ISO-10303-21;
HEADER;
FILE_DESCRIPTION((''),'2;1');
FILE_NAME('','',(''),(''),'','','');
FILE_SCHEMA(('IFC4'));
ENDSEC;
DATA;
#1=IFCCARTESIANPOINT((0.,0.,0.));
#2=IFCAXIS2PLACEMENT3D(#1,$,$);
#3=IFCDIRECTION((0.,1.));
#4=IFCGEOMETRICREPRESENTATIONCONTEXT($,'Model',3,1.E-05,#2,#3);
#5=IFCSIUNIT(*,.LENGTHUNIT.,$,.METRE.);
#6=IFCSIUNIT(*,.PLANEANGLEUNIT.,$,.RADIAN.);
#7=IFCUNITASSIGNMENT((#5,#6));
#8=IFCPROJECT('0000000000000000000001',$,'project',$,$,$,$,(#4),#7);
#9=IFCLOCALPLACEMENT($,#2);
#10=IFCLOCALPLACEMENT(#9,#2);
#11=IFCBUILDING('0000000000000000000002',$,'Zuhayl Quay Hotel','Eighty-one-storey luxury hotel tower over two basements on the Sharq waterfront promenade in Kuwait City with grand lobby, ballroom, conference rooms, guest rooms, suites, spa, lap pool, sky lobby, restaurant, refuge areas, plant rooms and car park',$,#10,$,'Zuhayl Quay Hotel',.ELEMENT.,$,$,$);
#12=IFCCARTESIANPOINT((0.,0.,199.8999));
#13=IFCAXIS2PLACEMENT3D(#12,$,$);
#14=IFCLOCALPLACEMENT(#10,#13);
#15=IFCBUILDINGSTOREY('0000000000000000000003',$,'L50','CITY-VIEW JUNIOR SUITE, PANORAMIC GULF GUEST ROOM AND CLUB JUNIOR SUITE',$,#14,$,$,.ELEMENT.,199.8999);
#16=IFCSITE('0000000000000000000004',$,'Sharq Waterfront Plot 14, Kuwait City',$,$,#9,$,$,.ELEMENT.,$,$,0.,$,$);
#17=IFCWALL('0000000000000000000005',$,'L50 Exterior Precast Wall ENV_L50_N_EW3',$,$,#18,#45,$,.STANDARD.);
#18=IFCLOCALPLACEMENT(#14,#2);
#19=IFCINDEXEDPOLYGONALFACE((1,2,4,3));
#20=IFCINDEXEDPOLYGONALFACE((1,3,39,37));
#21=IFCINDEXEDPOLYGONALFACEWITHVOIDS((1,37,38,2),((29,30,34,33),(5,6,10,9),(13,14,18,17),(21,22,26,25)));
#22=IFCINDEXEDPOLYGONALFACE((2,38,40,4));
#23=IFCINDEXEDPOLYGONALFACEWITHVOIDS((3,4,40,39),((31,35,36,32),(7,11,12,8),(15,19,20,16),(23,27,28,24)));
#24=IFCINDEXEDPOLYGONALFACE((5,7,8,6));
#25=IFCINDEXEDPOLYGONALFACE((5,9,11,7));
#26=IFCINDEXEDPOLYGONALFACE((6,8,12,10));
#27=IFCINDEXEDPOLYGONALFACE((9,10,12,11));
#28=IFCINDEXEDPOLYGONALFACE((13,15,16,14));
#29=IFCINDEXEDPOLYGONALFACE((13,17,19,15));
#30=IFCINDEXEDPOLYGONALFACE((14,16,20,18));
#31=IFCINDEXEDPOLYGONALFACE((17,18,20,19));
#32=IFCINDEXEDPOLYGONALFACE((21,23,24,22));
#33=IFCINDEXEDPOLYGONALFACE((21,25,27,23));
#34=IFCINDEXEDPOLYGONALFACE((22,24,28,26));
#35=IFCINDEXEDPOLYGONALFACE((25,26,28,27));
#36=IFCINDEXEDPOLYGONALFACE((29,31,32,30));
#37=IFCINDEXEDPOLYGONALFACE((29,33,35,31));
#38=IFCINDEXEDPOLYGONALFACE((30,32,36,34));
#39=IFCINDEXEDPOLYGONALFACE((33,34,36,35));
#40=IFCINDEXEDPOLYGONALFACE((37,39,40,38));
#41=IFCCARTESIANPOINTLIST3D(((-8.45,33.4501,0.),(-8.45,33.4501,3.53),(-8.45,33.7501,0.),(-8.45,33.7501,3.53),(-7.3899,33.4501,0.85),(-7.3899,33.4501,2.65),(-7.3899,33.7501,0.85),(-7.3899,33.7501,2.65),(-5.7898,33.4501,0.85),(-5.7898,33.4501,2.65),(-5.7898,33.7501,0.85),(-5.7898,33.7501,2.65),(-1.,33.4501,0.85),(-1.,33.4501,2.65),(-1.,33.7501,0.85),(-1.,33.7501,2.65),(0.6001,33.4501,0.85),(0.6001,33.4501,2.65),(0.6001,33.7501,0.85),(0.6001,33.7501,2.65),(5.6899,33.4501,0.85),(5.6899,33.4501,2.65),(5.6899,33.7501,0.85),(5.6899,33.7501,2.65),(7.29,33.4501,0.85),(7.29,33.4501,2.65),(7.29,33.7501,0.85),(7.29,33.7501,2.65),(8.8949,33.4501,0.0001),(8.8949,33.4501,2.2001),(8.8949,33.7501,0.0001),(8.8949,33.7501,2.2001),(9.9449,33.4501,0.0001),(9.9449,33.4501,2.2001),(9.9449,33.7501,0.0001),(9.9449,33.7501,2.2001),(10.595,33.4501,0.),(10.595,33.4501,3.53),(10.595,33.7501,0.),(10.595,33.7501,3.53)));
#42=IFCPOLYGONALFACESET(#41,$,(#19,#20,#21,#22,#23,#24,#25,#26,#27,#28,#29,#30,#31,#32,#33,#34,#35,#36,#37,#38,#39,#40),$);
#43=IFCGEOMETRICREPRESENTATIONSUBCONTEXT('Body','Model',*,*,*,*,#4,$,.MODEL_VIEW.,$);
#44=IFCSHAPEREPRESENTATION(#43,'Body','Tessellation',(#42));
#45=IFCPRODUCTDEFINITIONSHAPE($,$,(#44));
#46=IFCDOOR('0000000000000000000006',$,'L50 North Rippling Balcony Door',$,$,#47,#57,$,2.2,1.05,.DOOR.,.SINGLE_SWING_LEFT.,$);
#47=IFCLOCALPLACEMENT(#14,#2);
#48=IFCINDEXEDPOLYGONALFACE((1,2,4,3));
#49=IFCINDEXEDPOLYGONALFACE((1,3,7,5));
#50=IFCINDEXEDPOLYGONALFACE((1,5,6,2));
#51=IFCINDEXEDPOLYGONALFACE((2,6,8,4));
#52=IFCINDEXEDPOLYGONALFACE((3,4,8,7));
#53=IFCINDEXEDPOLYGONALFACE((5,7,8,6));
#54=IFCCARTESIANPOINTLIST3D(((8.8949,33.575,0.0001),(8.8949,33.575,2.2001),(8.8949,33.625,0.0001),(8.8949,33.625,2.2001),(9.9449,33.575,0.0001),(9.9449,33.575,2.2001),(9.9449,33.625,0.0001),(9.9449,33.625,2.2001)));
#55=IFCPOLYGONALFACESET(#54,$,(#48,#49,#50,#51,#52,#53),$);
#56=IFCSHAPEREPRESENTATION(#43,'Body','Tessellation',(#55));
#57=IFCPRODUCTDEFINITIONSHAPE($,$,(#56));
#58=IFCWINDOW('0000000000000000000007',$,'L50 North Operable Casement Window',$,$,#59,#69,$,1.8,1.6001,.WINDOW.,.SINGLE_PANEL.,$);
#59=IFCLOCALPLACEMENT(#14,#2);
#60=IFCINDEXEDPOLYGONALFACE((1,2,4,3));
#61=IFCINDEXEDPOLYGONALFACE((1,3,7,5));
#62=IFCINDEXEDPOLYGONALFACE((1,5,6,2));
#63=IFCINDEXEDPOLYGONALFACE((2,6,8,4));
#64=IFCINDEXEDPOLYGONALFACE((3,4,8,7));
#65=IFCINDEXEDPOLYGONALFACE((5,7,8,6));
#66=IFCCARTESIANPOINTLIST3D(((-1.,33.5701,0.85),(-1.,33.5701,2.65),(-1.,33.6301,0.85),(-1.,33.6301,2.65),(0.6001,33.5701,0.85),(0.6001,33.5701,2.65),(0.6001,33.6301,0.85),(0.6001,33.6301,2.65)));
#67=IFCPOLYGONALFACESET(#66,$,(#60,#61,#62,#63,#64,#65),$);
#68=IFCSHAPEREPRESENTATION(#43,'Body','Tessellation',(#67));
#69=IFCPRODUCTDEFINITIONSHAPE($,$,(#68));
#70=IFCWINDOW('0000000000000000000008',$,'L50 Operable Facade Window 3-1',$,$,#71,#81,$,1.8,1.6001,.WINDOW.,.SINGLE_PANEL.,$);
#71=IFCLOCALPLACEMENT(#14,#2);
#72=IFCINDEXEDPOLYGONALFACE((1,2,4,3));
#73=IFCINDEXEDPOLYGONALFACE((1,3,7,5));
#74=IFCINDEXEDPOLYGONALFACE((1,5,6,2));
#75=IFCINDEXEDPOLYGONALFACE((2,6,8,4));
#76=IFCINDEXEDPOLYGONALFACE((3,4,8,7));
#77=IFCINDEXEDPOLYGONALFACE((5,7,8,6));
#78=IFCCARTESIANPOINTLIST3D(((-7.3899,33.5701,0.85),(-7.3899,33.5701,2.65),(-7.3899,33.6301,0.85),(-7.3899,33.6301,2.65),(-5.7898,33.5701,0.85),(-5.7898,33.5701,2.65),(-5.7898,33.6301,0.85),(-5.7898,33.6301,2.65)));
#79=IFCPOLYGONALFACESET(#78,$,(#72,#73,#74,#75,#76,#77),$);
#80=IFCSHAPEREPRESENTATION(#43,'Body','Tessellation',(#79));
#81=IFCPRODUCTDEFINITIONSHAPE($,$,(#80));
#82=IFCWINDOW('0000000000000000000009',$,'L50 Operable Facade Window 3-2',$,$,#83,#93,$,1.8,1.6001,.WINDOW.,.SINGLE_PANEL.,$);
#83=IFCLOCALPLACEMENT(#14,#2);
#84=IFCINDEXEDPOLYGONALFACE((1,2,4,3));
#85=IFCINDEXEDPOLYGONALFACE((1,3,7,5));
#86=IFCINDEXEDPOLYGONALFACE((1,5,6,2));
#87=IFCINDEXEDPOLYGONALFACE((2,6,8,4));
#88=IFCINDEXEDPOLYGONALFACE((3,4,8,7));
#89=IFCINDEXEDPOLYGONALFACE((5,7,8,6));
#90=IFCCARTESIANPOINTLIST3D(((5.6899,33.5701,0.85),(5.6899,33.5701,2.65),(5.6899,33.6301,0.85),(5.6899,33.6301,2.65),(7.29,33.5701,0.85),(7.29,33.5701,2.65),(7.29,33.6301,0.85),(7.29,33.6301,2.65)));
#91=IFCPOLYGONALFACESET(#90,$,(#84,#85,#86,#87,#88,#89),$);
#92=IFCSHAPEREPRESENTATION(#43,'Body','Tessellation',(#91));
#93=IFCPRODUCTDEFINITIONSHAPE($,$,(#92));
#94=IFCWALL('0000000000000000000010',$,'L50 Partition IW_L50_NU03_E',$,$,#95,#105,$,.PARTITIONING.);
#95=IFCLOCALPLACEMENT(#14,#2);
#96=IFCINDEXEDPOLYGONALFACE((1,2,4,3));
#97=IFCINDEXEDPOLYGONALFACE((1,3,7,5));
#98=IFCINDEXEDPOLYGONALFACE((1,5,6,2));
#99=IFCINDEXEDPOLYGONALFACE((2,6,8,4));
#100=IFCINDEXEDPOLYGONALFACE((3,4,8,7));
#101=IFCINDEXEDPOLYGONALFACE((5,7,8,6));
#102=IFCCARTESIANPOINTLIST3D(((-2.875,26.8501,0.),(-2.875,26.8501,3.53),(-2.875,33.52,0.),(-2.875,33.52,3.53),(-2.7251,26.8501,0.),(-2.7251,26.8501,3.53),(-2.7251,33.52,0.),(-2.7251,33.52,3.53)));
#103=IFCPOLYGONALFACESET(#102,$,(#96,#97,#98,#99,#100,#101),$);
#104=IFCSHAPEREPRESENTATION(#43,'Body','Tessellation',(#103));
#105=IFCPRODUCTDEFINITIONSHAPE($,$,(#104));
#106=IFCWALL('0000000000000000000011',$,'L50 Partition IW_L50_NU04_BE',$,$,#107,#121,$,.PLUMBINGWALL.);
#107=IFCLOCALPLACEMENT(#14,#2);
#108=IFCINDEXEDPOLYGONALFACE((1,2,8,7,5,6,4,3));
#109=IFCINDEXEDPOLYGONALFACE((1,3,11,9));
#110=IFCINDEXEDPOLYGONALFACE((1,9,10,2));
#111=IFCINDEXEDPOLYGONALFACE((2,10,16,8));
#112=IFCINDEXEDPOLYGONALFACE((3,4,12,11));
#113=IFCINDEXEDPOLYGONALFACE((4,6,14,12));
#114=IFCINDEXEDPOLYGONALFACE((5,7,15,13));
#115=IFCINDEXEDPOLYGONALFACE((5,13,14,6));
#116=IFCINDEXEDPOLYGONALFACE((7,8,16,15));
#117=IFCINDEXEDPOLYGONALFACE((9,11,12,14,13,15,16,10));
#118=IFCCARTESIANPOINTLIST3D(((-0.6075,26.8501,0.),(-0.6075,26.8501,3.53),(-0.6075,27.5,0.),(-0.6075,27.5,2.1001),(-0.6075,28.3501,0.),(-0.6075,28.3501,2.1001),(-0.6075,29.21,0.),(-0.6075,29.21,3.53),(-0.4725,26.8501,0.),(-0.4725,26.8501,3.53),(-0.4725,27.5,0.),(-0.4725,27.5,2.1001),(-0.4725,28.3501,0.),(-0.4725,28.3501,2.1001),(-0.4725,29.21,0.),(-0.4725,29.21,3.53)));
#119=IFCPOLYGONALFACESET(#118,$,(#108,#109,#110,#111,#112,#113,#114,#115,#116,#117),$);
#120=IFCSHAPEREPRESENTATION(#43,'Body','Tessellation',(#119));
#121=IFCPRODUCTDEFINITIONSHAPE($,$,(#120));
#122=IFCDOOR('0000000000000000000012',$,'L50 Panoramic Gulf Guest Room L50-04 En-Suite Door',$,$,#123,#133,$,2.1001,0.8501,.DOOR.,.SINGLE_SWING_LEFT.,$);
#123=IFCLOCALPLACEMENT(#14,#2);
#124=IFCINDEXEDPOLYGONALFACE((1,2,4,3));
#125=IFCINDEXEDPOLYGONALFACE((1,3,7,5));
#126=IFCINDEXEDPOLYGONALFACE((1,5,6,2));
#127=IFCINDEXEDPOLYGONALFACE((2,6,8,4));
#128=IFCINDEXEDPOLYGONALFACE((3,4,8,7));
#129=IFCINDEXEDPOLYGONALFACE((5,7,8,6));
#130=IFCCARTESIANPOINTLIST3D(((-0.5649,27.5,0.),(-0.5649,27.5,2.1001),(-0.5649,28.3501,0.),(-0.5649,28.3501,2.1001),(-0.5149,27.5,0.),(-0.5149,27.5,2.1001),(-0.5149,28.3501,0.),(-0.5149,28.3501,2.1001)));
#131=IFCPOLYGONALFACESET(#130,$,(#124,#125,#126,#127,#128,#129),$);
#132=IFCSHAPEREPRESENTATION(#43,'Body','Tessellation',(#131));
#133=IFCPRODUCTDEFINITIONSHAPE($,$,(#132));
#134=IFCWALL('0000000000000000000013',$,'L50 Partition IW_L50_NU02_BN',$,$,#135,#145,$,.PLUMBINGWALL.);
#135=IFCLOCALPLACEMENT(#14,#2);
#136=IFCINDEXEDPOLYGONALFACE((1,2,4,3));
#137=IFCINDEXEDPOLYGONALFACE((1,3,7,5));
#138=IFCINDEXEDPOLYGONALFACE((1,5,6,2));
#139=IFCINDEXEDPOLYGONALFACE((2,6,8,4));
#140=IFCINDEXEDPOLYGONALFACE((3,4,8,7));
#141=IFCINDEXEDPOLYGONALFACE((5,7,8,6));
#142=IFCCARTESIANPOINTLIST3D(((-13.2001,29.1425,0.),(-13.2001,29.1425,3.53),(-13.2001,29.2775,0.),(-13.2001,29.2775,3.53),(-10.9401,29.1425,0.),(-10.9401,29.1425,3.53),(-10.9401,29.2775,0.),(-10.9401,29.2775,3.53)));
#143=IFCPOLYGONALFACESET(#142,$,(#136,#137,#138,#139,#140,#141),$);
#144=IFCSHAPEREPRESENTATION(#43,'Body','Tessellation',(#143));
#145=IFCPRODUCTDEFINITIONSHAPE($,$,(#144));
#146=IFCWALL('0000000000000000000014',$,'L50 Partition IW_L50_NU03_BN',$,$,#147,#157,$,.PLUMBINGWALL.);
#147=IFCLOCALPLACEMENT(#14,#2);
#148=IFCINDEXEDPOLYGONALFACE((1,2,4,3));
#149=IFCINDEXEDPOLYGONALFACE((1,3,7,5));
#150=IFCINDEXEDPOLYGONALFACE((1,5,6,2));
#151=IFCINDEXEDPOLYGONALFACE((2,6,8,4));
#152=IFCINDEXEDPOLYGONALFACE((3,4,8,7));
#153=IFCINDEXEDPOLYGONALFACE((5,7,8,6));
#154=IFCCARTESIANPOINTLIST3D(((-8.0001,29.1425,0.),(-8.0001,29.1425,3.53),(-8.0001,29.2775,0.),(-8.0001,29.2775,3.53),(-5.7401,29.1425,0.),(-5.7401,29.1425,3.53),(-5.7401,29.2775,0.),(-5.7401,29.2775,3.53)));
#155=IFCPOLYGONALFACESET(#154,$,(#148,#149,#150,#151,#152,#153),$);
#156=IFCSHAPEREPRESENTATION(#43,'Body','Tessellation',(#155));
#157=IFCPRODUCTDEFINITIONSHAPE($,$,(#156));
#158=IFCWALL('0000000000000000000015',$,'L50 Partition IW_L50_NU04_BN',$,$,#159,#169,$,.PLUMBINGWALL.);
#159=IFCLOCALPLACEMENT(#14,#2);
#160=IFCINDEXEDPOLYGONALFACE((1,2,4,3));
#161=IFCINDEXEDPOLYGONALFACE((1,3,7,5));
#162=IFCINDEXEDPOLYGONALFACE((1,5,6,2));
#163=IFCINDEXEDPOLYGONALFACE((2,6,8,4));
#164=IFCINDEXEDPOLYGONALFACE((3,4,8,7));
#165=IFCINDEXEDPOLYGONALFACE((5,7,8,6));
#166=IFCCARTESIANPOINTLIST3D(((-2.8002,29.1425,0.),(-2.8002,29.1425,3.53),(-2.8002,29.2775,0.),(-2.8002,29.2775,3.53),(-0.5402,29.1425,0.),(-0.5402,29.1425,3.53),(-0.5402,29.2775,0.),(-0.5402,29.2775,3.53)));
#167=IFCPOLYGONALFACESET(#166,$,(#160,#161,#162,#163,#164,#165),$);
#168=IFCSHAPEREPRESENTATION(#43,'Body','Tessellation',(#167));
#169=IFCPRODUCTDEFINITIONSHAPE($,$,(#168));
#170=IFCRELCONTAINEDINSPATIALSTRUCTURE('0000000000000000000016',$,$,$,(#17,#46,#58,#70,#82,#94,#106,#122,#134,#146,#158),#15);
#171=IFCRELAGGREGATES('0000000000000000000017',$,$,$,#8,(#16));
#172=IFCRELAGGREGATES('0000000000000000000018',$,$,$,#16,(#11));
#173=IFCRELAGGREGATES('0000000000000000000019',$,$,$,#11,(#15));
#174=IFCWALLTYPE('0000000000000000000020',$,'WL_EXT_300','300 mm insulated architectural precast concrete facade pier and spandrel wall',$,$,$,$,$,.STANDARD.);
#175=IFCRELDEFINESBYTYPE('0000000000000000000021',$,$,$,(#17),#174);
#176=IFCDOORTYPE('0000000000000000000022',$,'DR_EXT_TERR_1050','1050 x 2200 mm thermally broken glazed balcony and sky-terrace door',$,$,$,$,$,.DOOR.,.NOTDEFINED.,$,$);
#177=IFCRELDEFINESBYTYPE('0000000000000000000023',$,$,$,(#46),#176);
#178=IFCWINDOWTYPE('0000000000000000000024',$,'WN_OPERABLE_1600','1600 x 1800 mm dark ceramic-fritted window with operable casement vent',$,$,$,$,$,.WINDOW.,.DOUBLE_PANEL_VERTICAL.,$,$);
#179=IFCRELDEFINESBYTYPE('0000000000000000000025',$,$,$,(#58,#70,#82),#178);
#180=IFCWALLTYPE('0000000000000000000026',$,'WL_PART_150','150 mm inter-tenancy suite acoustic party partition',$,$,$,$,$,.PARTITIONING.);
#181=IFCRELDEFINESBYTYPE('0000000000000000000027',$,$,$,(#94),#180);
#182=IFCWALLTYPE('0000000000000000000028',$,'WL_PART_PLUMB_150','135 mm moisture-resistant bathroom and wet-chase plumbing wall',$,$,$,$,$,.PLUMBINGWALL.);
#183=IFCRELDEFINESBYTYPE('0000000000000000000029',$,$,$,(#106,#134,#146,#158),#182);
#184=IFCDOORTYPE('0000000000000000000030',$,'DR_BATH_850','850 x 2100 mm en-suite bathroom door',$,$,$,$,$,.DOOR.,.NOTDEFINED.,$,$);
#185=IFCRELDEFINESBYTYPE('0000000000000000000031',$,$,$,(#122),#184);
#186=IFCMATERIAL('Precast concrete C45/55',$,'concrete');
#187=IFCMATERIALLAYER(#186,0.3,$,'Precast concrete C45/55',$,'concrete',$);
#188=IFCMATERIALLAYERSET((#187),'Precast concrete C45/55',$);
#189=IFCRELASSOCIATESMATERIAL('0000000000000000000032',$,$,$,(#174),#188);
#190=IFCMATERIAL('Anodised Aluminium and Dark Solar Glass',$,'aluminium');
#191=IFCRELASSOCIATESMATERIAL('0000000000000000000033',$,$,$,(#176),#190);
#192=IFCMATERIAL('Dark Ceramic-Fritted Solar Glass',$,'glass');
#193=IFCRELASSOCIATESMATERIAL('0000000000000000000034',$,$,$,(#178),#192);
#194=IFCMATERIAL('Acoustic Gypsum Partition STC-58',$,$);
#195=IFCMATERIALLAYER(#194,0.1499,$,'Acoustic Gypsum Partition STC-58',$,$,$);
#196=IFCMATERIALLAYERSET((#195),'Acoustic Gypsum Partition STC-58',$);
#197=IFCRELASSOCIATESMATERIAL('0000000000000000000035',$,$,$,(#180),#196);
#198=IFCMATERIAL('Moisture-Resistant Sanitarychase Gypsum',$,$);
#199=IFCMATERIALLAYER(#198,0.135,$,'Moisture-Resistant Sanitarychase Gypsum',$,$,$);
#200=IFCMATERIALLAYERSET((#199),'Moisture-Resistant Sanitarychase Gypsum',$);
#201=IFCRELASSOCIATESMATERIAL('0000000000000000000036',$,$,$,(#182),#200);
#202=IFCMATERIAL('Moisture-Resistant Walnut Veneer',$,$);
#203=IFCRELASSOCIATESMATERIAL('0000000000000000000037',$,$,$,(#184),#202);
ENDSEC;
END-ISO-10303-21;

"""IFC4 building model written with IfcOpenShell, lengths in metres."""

from ifc_helpers import new_model, si_unit, direction, frame, frame_2d, origin, place, context, subcontext, project, spatial, rectangle, extrude, material, layer, layer_set, type_object, element, fill, save


model = new_model("IFC4")

# Units and contexts
model_context = context("Model", 3, precision=1e-05, world=origin(), true_north=direction((0.0, 1.0)))
body_context = subcontext(model_context, "Body", "Model", "MODEL_VIEW")
ifc_project = project(units=[si_unit("LENGTHUNIT", "METRE"), si_unit("PLANEANGLEUNIT", "RADIAN")], contexts=[model_context])

# Site, building, storey
site_placement = place(None, origin())
site = spatial("IfcSite", under=ifc_project, at=site_placement, Name="Sharq Waterfront Plot 14, Kuwait City", CompositionType="ELEMENT", RefElevation=0.0)
building_placement = place(site_placement, origin())
building = spatial("IfcBuilding", under=site, at=building_placement, Name="Zuhayl Quay Hotel", Description="Eighty-one-storey luxury hotel tower over two basements on the Sharq waterfront promenade in Kuwait City with grand lobby, ballroom, conference rooms, guest rooms, suites, spa, lap pool, sky lobby, restaurant, refuge areas, plant rooms and car park", LongName="Zuhayl Quay Hotel", CompositionType="ELEMENT")
storey_placement = place(building_placement, frame((0.0, 0.0, 199.8999)))
storey = spatial("IfcBuildingStorey", under=building, at=storey_placement, Name="L50", Description="CITY-VIEW JUNIOR SUITE, PANORAMIC GULF GUEST ROOM AND CLUB JUNIOR SUITE", CompositionType="ELEMENT", Elevation=199.8999)

# Shared definitions
ifc_material_1 = material(Name="Dark Ceramic-Fritted Solar Glass", Category="glass")

# Wall, openings, door, windows
ifc_material_2 = material(Name="Precast concrete C45/55", Category="concrete")
ifc_layer_1 = layer(ifc_material_2, 0.3, Name="Precast concrete C45/55", Category="concrete")
ifc_layer_set_1 = layer_set([ifc_layer_1], Name="Precast concrete C45/55")
wall_type_1 = type_object("IfcWallType", Name="WL_EXT_300", Description="300 mm insulated architectural precast concrete facade pier and spandrel wall", PredefinedType="STANDARD", material=ifc_layer_set_1)
wall_1_placement = place(storey_placement, frame((-8.45, 33.6001, 0.0), z_axis=(0.0, 0.0, 1.0), x_axis=(1.0, 0.0, 0.0)))
wall_1 = element("IfcWall", 1, at=wall_1_placement, inside=storey, type_object=wall_type_1, Name="L50 Exterior Precast Wall ENV_L50_N_EW3", PredefinedType="STANDARD", context=body_context, shape_type="SweptSolid", body=[
    extrude(rectangle(XDim=19.0449, YDim=0.3, at=frame_2d((9.5225, 0.0))), origin(), (0.0, 0.0, 1.0), 3.53),
])
opening_1_placement = place(wall_1_placement, frame((17.345, 0.0, 0.0)))
opening_1 = element("IfcOpeningElement", 2, at=opening_1_placement, cuts=wall_1, PredefinedType="OPENING", context=body_context, shape_type="SweptSolid", body=[
    extrude(rectangle(XDim=1.05, YDim=2.2, at=frame_2d((0.5249, 1.1001))), frame((0.0, 0.1599, 0.0), z_axis=(0.0, -1.0, 0.0), x_axis=(1.0, 0.0, 0.0)), (0.0, 0.0, 1.0), 0.3201),
])
opening_2_placement = place(wall_1_placement, frame((7.45, 0.0, 0.8501)))
opening_2 = element("IfcOpeningElement", 3, at=opening_2_placement, cuts=wall_1, PredefinedType="OPENING", context=body_context, shape_type="SweptSolid", body=[
    extrude(rectangle(XDim=1.6001, YDim=1.8, at=frame_2d((0.8, 0.8999))), frame((0.0, 0.1599, 0.0), z_axis=(0.0, -1.0, 0.0), x_axis=(1.0, 0.0, 0.0)), (0.0, 0.0, 1.0), 0.3201),
])
opening_3_placement = place(wall_1_placement, frame((1.0601, 0.0, 0.8501)))
opening_3 = element("IfcOpeningElement", 4, at=opening_3_placement, cuts=wall_1, PredefinedType="OPENING", context=body_context, shape_type="SweptSolid", body=[
    extrude(rectangle(XDim=1.6001, YDim=1.8, at=frame_2d((0.8, 0.8999))), frame((0.0, 0.1599, 0.0), z_axis=(0.0, -1.0, 0.0), x_axis=(1.0, 0.0, 0.0)), (0.0, 0.0, 1.0), 0.3201),
])
opening_4_placement = place(wall_1_placement, frame((14.1399, 0.0, 0.8501)))
opening_4 = element("IfcOpeningElement", 5, at=opening_4_placement, cuts=wall_1, PredefinedType="OPENING", context=body_context, shape_type="SweptSolid", body=[
    extrude(rectangle(XDim=1.6001, YDim=1.8, at=frame_2d((0.8, 0.8999))), frame((0.0, 0.1599, 0.0), z_axis=(0.0, -1.0, 0.0), x_axis=(1.0, 0.0, 0.0)), (0.0, 0.0, 1.0), 0.3201),
])
ifc_material_3 = material(Name="Anodised Aluminium and Dark Solar Glass", Category="aluminium")
door_type_1 = type_object("IfcDoorType", Name="DR_EXT_TERR_1050", Description="1050 x 2200 mm thermally broken glazed balcony and sky-terrace door", OperationType="NOTDEFINED", PredefinedType="DOOR", material=ifc_material_3)
door_1_placement = place(opening_1_placement, origin())
door_1 = element("IfcDoor", 6, at=door_1_placement, inside=storey, type_object=door_type_1, Name="L50 North Rippling Balcony Door", OperationType="SINGLE_SWING_LEFT", OverallHeight=2.2, OverallWidth=1.05, PredefinedType="DOOR", context=body_context, shape_type="SweptSolid", body=[
    extrude(rectangle(XDim=1.05, YDim=2.2, at=frame_2d((0.5249, 1.1001))), frame((0.0, 0.0249, 0.0), z_axis=(0.0, -1.0, 0.0), x_axis=(1.0, 0.0, 0.0)), (0.0, 0.0, 1.0), 0.05),
])
fill(opening_1, door_1)
window_type = type_object("IfcWindowType", Name="WN_OPERABLE_1600", Description="1600 x 1800 mm dark ceramic-fritted window with operable casement vent", PartitioningType="DOUBLE_PANEL_VERTICAL", PredefinedType="WINDOW", material=ifc_material_1)
window_1_placement = place(opening_2_placement, origin())
window_1 = element("IfcWindow", 7, at=window_1_placement, inside=storey, type_object=window_type, Name="L50 North Operable Casement Window", OverallHeight=1.8, OverallWidth=1.6001, PartitioningType="SINGLE_PANEL", PredefinedType="WINDOW", context=body_context, shape_type="SweptSolid", body=[
    extrude(rectangle(XDim=1.6001, YDim=1.8, at=frame_2d((0.8, 0.8999))), frame((0.0, 0.03, 0.0), z_axis=(0.0, -1.0, 0.0), x_axis=(1.0, 0.0, 0.0)), (0.0, 0.0, 1.0), 0.0601),
])
fill(opening_2, window_1)
window_2_placement = place(opening_3_placement, origin())
window_2 = element("IfcWindow", 8, at=window_2_placement, inside=storey, type_object=window_type, Name="L50 Operable Facade Window 3-1", OverallHeight=1.8, OverallWidth=1.6001, PartitioningType="SINGLE_PANEL", PredefinedType="WINDOW", context=body_context, shape_type="SweptSolid", body=[
    extrude(rectangle(XDim=1.6001, YDim=1.8, at=frame_2d((0.8, 0.8999))), frame((0.0, 0.03, 0.0), z_axis=(0.0, -1.0, 0.0), x_axis=(1.0, 0.0, 0.0)), (0.0, 0.0, 1.0), 0.0601),
])
fill(opening_3, window_2)
window_3_placement = place(opening_4_placement, origin())
window_3 = element("IfcWindow", 9, at=window_3_placement, inside=storey, type_object=window_type, Name="L50 Operable Facade Window 3-2", OverallHeight=1.8, OverallWidth=1.6001, PartitioningType="SINGLE_PANEL", PredefinedType="WINDOW", context=body_context, shape_type="SweptSolid", body=[
    extrude(rectangle(XDim=1.6001, YDim=1.8, at=frame_2d((0.8, 0.8999))), frame((0.0, 0.03, 0.0), z_axis=(0.0, -1.0, 0.0), x_axis=(1.0, 0.0, 0.0)), (0.0, 0.0, 1.0), 0.0601),
])
fill(opening_4, window_3)

# Wall
ifc_material_4 = material(Name="Acoustic Gypsum Partition STC-58")
ifc_layer_2 = layer(ifc_material_4, 0.1499, Name="Acoustic Gypsum Partition STC-58")
ifc_layer_set_2 = layer_set([ifc_layer_2], Name="Acoustic Gypsum Partition STC-58")
wall_type_2 = type_object("IfcWallType", Name="WL_PART_150", Description="150 mm inter-tenancy suite acoustic party partition", PredefinedType="PARTITIONING", material=ifc_layer_set_2)
wall_2_placement = place(storey_placement, frame((-2.8, 26.8501, 0.0), z_axis=(0.0, 0.0, 1.0), x_axis=(0.0, 1.0, 0.0)))
element("IfcWall", 10, at=wall_2_placement, inside=storey, type_object=wall_type_2, Name="L50 Partition IW_L50_NU03_E", PredefinedType="PARTITIONING", context=body_context, shape_type="SweptSolid", body=[
    extrude(rectangle(XDim=6.6699, YDim=0.1499, at=frame_2d((3.335, 0.0))), origin(), (0.0, 0.0, 1.0), 3.53),
])

# Wall, opening, door
ifc_material_5 = material(Name="Moisture-Resistant Sanitarychase Gypsum")
ifc_layer_3 = layer(ifc_material_5, 0.135, Name="Moisture-Resistant Sanitarychase Gypsum")
ifc_layer_set_3 = layer_set([ifc_layer_3], Name="Moisture-Resistant Sanitarychase Gypsum")
wall_type_3 = type_object("IfcWallType", Name="WL_PART_PLUMB_150", Description="135 mm moisture-resistant bathroom and wet-chase plumbing wall", PredefinedType="PLUMBINGWALL", material=ifc_layer_set_3)
wall_3_placement = place(storey_placement, frame((-0.54, 26.8501, 0.0), z_axis=(0.0, 0.0, 1.0), x_axis=(0.0, 1.0, 0.0)))
wall_3 = element("IfcWall", 11, at=wall_3_placement, inside=storey, type_object=wall_type_3, Name="L50 Partition IW_L50_NU04_BE", PredefinedType="PLUMBINGWALL", context=body_context, shape_type="SweptSolid", body=[
    extrude(rectangle(XDim=2.3599, YDim=0.135, at=frame_2d((1.1799, 0.0))), origin(), (0.0, 0.0, 1.0), 3.53),
])
opening_5_placement = place(wall_3_placement, frame((0.6499, 0.0, 0.0)))
opening_5 = element("IfcOpeningElement", 12, at=opening_5_placement, cuts=wall_3, PredefinedType="OPENING", context=body_context, shape_type="SweptSolid", body=[
    extrude(rectangle(XDim=0.8501, YDim=2.1001, at=frame_2d((0.425, 1.05))), frame((0.0, 0.0774, 0.0), z_axis=(0.0, -1.0, 0.0), x_axis=(1.0, 0.0, 0.0)), (0.0, 0.0, 1.0), 0.155),
])
ifc_material_6 = material(Name="Moisture-Resistant Walnut Veneer")
door_type_2 = type_object("IfcDoorType", Name="DR_BATH_850", Description="850 x 2100 mm en-suite bathroom door", OperationType="NOTDEFINED", PredefinedType="DOOR", material=ifc_material_6)
door_2_placement = place(opening_5_placement, origin())
door_2 = element("IfcDoor", 13, at=door_2_placement, inside=storey, type_object=door_type_2, Name="L50 Panoramic Gulf Guest Room L50-04 En-Suite Door", OperationType="SINGLE_SWING_LEFT", OverallHeight=2.1001, OverallWidth=0.8501, PredefinedType="DOOR", context=body_context, shape_type="SweptSolid", body=[
    extrude(rectangle(XDim=0.8501, YDim=2.1001, at=frame_2d((0.425, 1.05))), frame((0.0, 0.0249, 0.0), z_axis=(0.0, -1.0, 0.0), x_axis=(1.0, 0.0, 0.0)), (0.0, 0.0, 1.0), 0.05),
])
fill(opening_5, door_2)

# Walls
for number, where, z_axis, x_axis, name in (
    (14, (-13.2, 29.21, 0.0), (0.0, 0.0, 1.0), (1.0, 0.0, 0.0), "L50 Partition IW_L50_NU02_BN"),
    (15, (-8.0, 29.21, 0.0), (0.0, 0.0, 1.0), (1.0, 0.0, 0.0), "L50 Partition IW_L50_NU03_BN"),
    (16, (-2.8, 29.21, 0.0), (0.0, 0.0, 1.0), (1.0, 0.0, 0.0), "L50 Partition IW_L50_NU04_BN"),
):
    element("IfcWall", number, at=place(storey_placement, frame(where, z_axis=z_axis, x_axis=x_axis)), inside=storey, type_object=wall_type_3, Name=name, PredefinedType="PLUMBINGWALL", context=body_context, shape_type="SweptSolid", body=[
        extrude(rectangle(XDim=2.26, YDim=0.135, at=frame_2d((1.1299, 0.0))), origin(), (0.0, 0.0, 1.0), 3.53),
    ])

save(model, "model.ifc")
